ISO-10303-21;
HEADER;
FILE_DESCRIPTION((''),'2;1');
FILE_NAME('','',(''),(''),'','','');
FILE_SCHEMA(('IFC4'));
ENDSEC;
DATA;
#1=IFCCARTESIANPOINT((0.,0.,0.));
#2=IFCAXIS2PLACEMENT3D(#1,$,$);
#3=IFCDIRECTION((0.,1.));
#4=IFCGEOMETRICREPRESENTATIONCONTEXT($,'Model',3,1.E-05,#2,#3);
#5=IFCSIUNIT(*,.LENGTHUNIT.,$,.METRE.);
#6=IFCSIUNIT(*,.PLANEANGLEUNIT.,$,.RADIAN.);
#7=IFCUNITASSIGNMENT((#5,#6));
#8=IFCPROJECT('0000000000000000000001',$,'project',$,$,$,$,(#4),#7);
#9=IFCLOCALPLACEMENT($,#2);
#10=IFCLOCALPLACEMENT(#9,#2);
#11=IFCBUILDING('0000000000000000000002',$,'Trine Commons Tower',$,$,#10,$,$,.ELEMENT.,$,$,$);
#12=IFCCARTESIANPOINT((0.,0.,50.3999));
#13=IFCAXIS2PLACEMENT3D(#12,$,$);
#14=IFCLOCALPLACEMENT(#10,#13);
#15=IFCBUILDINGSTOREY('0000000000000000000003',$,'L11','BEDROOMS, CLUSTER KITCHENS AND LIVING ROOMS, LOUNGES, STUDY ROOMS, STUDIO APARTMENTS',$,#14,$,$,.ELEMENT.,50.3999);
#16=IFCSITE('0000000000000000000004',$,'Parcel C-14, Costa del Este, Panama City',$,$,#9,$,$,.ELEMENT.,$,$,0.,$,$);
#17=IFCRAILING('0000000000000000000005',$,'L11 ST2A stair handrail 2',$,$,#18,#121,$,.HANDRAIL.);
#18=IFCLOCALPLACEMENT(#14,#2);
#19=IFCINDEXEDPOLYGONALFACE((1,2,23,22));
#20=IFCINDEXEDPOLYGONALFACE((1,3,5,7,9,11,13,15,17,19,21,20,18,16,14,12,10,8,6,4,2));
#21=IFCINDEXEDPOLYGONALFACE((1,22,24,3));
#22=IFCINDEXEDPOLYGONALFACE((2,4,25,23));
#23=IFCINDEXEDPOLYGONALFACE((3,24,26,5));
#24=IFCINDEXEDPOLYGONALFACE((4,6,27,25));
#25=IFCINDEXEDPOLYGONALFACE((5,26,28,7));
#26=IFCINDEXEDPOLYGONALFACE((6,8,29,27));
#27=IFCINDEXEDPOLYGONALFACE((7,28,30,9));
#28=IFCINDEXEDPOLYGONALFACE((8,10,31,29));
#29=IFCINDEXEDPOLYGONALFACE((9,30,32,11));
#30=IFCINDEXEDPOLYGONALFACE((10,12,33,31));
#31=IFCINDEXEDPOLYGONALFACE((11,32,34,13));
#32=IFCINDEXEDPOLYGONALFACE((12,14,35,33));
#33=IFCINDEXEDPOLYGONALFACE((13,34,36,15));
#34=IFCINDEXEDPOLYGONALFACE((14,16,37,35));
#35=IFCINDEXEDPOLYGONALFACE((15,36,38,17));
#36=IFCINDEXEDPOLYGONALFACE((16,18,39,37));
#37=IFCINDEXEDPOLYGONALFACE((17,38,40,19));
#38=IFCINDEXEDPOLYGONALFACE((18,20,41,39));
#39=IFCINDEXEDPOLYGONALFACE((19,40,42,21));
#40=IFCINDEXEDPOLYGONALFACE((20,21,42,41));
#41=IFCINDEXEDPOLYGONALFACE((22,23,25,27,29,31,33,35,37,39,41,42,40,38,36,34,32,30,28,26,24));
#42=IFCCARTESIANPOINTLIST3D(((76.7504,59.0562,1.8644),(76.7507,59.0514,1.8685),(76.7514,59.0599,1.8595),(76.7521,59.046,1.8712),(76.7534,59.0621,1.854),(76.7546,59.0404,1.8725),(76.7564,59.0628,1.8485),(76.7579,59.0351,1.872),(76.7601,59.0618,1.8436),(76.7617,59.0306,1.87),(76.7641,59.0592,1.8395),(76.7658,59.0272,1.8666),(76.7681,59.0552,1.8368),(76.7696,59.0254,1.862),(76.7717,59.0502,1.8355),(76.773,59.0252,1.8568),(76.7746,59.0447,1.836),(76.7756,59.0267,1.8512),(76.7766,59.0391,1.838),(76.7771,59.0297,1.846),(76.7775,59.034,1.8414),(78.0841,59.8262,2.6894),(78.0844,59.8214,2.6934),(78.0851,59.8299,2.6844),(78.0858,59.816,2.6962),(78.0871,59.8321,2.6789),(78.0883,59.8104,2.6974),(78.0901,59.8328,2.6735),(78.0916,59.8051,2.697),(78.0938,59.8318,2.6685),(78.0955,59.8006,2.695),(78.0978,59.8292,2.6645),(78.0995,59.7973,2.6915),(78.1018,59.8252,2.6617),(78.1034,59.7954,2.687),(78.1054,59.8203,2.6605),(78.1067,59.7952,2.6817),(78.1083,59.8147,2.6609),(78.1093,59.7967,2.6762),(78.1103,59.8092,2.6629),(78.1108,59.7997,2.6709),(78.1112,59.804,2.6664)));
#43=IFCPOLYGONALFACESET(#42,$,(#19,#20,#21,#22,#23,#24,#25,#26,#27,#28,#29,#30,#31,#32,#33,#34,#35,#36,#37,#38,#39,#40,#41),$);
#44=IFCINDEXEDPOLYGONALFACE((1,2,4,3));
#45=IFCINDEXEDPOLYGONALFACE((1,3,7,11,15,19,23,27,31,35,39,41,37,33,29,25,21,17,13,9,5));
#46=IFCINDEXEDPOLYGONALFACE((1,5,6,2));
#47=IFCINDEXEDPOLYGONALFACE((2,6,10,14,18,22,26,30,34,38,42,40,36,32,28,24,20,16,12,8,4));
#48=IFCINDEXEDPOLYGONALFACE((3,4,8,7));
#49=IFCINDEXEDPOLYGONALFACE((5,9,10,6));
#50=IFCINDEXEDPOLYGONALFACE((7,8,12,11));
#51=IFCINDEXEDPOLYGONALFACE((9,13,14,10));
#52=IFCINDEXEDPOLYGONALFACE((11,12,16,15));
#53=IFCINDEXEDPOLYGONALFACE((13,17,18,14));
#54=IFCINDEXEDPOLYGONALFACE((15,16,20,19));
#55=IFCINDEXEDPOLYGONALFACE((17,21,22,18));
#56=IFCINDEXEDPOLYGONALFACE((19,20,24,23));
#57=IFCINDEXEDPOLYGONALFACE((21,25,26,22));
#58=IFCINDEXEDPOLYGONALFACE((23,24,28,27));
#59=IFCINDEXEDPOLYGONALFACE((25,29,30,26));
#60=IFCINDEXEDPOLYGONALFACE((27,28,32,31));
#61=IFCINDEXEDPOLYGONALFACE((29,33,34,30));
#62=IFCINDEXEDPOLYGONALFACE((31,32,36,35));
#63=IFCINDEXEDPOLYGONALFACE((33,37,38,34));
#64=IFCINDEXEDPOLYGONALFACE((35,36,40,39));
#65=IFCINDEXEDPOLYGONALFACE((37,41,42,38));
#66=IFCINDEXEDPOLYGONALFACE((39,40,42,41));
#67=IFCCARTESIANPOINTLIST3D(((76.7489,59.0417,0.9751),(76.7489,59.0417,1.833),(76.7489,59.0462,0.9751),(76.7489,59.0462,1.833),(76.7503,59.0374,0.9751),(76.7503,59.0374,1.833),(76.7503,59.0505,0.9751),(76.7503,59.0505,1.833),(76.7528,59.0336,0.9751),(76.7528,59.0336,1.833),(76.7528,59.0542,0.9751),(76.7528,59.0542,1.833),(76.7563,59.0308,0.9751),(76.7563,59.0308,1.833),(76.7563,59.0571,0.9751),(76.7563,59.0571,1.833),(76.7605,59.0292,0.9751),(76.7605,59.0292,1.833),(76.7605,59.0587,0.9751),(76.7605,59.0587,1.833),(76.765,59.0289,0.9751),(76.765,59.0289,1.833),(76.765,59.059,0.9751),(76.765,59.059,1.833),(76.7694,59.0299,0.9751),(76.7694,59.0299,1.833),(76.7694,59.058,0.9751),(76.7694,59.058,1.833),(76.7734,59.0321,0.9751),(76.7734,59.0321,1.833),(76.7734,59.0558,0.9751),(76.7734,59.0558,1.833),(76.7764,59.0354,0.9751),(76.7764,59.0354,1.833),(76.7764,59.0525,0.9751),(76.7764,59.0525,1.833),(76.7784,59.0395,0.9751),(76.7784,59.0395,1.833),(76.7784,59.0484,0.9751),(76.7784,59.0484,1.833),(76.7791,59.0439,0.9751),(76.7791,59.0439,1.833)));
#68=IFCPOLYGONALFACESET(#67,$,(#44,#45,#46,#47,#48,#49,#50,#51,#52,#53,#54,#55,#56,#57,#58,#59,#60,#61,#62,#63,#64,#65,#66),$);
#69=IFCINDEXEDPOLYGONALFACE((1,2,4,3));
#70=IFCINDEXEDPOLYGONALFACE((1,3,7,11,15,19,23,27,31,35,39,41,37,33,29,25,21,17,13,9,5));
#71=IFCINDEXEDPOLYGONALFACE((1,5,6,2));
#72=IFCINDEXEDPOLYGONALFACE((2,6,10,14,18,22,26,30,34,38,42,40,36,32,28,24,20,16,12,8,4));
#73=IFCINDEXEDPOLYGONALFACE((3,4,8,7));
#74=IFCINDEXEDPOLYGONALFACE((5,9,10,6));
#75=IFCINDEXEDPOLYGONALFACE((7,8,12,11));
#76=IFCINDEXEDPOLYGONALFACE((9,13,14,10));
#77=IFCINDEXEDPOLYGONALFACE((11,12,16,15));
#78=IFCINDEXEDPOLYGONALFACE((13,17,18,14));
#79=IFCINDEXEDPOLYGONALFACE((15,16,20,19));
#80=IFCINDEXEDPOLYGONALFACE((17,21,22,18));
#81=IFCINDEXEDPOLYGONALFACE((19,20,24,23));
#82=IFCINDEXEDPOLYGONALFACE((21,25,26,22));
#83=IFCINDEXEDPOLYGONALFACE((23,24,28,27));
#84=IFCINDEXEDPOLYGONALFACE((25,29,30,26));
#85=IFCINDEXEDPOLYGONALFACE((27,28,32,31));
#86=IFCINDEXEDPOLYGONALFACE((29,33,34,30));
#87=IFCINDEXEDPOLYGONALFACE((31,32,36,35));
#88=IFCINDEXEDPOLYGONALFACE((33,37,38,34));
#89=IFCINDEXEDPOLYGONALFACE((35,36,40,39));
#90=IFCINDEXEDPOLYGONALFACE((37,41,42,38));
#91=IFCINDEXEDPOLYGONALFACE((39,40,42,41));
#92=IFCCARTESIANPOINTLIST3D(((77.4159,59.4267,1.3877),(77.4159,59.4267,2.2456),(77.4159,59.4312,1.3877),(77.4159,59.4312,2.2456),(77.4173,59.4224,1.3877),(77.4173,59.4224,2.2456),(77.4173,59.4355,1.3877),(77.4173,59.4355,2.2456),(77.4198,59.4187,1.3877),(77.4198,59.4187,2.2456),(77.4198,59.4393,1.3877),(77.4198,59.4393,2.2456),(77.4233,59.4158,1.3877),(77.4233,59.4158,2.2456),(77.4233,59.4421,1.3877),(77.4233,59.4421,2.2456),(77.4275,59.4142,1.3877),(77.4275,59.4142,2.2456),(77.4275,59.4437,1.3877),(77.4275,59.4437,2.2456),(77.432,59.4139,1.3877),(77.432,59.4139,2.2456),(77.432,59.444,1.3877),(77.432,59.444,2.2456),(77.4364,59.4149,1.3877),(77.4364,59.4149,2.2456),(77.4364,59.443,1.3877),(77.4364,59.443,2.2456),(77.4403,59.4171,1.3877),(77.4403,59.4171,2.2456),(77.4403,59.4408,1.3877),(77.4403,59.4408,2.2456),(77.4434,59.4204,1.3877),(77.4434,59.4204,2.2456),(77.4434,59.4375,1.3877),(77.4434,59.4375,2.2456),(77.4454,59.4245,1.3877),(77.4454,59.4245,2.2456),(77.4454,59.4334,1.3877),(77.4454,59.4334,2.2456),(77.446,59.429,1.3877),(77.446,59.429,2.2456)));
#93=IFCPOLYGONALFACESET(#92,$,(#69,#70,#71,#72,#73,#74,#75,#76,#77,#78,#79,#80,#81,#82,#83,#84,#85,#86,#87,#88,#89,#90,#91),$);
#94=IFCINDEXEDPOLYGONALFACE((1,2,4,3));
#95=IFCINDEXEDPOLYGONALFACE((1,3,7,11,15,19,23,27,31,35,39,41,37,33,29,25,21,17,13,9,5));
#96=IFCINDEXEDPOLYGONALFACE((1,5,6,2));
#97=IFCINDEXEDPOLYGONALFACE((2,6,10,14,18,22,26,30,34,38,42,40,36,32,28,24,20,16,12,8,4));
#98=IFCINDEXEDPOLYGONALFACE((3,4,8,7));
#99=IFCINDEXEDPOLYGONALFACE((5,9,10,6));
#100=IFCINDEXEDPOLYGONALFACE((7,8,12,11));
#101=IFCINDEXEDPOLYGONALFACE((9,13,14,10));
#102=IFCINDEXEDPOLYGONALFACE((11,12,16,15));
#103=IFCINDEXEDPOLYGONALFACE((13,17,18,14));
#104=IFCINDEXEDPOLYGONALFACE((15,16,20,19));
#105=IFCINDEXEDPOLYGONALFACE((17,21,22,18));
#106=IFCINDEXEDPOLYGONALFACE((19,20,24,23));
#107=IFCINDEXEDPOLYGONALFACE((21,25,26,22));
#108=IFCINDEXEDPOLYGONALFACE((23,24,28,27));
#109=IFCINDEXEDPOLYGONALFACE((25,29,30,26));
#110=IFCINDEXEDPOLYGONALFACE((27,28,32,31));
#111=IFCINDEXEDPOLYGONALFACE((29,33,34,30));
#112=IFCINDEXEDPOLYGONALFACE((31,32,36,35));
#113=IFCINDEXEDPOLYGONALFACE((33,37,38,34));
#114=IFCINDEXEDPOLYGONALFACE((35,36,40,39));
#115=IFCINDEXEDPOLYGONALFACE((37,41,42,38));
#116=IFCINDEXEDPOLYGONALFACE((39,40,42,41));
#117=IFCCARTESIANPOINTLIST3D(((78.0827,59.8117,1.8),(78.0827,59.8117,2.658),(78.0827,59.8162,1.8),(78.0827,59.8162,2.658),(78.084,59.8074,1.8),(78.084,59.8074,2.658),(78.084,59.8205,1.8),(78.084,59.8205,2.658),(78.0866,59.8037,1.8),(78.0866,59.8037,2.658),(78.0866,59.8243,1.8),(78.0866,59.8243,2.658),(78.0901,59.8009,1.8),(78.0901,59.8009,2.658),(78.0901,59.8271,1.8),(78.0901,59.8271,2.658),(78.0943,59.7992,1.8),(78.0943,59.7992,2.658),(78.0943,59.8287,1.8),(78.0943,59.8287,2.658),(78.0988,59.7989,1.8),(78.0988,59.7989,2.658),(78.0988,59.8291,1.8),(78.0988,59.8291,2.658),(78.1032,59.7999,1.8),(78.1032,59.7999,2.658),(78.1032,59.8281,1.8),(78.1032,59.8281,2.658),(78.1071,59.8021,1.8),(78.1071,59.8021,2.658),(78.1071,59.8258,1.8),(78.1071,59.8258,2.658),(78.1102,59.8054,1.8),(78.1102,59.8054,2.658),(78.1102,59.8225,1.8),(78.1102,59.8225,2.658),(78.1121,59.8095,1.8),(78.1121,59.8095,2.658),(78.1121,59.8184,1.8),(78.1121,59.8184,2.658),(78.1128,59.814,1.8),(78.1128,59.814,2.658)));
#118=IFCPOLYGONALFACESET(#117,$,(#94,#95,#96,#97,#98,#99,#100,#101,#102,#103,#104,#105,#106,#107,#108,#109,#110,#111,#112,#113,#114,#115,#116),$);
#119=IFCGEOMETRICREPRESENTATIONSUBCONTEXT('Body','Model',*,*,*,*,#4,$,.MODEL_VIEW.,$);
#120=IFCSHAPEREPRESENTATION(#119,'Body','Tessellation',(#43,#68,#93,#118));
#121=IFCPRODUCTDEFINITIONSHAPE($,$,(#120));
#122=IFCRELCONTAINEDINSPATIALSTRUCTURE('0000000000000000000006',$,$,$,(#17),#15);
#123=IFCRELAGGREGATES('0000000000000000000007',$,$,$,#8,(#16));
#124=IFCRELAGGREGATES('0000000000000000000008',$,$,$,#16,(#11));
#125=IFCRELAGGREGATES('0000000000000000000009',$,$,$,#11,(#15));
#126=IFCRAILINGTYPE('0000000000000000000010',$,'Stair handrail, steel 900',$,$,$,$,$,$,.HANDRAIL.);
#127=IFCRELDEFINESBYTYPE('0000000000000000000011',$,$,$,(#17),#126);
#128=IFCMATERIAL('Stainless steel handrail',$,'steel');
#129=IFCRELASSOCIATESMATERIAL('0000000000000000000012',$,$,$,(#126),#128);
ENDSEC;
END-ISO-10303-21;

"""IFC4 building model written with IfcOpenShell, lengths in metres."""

from ifc_helpers import new_model, si_unit, direction, frame, origin, origin_2d, place, context, subcontext, project, spatial, circle, extrude, material, type_object, element, save


model = new_model("IFC4")

# Units and contexts
model_context = context("Model", 3, precision=1e-05, world=origin(), true_north=direction((0.0, 1.0)))
body_context = subcontext(model_context, "Body", "Model", "MODEL_VIEW")
ifc_project = project(units=[si_unit("LENGTHUNIT", "METRE"), si_unit("PLANEANGLEUNIT", "RADIAN")], contexts=[model_context])

# Site, building, storey
site_placement = place(None, origin())
site = spatial("IfcSite", under=ifc_project, at=site_placement, Name="Parcel C-14, Costa del Este, Panama City", CompositionType="ELEMENT", RefElevation=0.0)
building_placement = place(site_placement, origin())
building = spatial("IfcBuilding", under=site, at=building_placement, Name="Trine Commons Tower", CompositionType="ELEMENT")
storey_placement = place(building_placement, frame((0.0, 0.0, 50.3999)))
storey = spatial("IfcBuildingStorey", under=building, at=storey_placement, Name="L11", Description="BEDROOMS, CLUSTER KITCHENS AND LIVING ROOMS, LOUNGES, STUDY ROOMS, STUDIO APARTMENTS", CompositionType="ELEMENT", Elevation=50.3999)

# Railing
ifc_material_1 = material(Name="Stainless steel handrail", Category="steel")
railing_type = type_object("IfcRailingType", Name="Stair handrail, steel 900", PredefinedType="HANDRAIL", material=ifc_material_1)
railing_placement = place(storey_placement, frame((76.7639, 59.0439, 0.9751)))
element("IfcRailing", 1, at=railing_placement, inside=storey, type_object=railing_type, Name="L11 ST2A stair handrail 2", PredefinedType="HANDRAIL", context=body_context, shape_type="SweptSolid", body=[
    extrude(circle(Radius=0.021, at=origin_2d()), frame((0.0, 0.0, 0.8789), z_axis=(0.763405, 0.440743, 0.472185), x_axis=(-0.499992, 0.86603, 0.0)), (0.0, 0.0, 1.0), 1.7471),
    extrude(circle(Radius=0.0151, at=origin_2d()), origin(), (0.0, 0.0, 1.0), 0.8579),
    extrude(circle(Radius=0.0151, at=origin_2d()), frame((0.667, 0.385, 0.4126)), (0.0, 0.0, 1.0), 0.8579),
    extrude(circle(Radius=0.0151, at=origin_2d()), frame((1.3337, 0.77, 0.825)), (0.0, 0.0, 1.0), 0.8579),
])

save(model, "model.ifc")
